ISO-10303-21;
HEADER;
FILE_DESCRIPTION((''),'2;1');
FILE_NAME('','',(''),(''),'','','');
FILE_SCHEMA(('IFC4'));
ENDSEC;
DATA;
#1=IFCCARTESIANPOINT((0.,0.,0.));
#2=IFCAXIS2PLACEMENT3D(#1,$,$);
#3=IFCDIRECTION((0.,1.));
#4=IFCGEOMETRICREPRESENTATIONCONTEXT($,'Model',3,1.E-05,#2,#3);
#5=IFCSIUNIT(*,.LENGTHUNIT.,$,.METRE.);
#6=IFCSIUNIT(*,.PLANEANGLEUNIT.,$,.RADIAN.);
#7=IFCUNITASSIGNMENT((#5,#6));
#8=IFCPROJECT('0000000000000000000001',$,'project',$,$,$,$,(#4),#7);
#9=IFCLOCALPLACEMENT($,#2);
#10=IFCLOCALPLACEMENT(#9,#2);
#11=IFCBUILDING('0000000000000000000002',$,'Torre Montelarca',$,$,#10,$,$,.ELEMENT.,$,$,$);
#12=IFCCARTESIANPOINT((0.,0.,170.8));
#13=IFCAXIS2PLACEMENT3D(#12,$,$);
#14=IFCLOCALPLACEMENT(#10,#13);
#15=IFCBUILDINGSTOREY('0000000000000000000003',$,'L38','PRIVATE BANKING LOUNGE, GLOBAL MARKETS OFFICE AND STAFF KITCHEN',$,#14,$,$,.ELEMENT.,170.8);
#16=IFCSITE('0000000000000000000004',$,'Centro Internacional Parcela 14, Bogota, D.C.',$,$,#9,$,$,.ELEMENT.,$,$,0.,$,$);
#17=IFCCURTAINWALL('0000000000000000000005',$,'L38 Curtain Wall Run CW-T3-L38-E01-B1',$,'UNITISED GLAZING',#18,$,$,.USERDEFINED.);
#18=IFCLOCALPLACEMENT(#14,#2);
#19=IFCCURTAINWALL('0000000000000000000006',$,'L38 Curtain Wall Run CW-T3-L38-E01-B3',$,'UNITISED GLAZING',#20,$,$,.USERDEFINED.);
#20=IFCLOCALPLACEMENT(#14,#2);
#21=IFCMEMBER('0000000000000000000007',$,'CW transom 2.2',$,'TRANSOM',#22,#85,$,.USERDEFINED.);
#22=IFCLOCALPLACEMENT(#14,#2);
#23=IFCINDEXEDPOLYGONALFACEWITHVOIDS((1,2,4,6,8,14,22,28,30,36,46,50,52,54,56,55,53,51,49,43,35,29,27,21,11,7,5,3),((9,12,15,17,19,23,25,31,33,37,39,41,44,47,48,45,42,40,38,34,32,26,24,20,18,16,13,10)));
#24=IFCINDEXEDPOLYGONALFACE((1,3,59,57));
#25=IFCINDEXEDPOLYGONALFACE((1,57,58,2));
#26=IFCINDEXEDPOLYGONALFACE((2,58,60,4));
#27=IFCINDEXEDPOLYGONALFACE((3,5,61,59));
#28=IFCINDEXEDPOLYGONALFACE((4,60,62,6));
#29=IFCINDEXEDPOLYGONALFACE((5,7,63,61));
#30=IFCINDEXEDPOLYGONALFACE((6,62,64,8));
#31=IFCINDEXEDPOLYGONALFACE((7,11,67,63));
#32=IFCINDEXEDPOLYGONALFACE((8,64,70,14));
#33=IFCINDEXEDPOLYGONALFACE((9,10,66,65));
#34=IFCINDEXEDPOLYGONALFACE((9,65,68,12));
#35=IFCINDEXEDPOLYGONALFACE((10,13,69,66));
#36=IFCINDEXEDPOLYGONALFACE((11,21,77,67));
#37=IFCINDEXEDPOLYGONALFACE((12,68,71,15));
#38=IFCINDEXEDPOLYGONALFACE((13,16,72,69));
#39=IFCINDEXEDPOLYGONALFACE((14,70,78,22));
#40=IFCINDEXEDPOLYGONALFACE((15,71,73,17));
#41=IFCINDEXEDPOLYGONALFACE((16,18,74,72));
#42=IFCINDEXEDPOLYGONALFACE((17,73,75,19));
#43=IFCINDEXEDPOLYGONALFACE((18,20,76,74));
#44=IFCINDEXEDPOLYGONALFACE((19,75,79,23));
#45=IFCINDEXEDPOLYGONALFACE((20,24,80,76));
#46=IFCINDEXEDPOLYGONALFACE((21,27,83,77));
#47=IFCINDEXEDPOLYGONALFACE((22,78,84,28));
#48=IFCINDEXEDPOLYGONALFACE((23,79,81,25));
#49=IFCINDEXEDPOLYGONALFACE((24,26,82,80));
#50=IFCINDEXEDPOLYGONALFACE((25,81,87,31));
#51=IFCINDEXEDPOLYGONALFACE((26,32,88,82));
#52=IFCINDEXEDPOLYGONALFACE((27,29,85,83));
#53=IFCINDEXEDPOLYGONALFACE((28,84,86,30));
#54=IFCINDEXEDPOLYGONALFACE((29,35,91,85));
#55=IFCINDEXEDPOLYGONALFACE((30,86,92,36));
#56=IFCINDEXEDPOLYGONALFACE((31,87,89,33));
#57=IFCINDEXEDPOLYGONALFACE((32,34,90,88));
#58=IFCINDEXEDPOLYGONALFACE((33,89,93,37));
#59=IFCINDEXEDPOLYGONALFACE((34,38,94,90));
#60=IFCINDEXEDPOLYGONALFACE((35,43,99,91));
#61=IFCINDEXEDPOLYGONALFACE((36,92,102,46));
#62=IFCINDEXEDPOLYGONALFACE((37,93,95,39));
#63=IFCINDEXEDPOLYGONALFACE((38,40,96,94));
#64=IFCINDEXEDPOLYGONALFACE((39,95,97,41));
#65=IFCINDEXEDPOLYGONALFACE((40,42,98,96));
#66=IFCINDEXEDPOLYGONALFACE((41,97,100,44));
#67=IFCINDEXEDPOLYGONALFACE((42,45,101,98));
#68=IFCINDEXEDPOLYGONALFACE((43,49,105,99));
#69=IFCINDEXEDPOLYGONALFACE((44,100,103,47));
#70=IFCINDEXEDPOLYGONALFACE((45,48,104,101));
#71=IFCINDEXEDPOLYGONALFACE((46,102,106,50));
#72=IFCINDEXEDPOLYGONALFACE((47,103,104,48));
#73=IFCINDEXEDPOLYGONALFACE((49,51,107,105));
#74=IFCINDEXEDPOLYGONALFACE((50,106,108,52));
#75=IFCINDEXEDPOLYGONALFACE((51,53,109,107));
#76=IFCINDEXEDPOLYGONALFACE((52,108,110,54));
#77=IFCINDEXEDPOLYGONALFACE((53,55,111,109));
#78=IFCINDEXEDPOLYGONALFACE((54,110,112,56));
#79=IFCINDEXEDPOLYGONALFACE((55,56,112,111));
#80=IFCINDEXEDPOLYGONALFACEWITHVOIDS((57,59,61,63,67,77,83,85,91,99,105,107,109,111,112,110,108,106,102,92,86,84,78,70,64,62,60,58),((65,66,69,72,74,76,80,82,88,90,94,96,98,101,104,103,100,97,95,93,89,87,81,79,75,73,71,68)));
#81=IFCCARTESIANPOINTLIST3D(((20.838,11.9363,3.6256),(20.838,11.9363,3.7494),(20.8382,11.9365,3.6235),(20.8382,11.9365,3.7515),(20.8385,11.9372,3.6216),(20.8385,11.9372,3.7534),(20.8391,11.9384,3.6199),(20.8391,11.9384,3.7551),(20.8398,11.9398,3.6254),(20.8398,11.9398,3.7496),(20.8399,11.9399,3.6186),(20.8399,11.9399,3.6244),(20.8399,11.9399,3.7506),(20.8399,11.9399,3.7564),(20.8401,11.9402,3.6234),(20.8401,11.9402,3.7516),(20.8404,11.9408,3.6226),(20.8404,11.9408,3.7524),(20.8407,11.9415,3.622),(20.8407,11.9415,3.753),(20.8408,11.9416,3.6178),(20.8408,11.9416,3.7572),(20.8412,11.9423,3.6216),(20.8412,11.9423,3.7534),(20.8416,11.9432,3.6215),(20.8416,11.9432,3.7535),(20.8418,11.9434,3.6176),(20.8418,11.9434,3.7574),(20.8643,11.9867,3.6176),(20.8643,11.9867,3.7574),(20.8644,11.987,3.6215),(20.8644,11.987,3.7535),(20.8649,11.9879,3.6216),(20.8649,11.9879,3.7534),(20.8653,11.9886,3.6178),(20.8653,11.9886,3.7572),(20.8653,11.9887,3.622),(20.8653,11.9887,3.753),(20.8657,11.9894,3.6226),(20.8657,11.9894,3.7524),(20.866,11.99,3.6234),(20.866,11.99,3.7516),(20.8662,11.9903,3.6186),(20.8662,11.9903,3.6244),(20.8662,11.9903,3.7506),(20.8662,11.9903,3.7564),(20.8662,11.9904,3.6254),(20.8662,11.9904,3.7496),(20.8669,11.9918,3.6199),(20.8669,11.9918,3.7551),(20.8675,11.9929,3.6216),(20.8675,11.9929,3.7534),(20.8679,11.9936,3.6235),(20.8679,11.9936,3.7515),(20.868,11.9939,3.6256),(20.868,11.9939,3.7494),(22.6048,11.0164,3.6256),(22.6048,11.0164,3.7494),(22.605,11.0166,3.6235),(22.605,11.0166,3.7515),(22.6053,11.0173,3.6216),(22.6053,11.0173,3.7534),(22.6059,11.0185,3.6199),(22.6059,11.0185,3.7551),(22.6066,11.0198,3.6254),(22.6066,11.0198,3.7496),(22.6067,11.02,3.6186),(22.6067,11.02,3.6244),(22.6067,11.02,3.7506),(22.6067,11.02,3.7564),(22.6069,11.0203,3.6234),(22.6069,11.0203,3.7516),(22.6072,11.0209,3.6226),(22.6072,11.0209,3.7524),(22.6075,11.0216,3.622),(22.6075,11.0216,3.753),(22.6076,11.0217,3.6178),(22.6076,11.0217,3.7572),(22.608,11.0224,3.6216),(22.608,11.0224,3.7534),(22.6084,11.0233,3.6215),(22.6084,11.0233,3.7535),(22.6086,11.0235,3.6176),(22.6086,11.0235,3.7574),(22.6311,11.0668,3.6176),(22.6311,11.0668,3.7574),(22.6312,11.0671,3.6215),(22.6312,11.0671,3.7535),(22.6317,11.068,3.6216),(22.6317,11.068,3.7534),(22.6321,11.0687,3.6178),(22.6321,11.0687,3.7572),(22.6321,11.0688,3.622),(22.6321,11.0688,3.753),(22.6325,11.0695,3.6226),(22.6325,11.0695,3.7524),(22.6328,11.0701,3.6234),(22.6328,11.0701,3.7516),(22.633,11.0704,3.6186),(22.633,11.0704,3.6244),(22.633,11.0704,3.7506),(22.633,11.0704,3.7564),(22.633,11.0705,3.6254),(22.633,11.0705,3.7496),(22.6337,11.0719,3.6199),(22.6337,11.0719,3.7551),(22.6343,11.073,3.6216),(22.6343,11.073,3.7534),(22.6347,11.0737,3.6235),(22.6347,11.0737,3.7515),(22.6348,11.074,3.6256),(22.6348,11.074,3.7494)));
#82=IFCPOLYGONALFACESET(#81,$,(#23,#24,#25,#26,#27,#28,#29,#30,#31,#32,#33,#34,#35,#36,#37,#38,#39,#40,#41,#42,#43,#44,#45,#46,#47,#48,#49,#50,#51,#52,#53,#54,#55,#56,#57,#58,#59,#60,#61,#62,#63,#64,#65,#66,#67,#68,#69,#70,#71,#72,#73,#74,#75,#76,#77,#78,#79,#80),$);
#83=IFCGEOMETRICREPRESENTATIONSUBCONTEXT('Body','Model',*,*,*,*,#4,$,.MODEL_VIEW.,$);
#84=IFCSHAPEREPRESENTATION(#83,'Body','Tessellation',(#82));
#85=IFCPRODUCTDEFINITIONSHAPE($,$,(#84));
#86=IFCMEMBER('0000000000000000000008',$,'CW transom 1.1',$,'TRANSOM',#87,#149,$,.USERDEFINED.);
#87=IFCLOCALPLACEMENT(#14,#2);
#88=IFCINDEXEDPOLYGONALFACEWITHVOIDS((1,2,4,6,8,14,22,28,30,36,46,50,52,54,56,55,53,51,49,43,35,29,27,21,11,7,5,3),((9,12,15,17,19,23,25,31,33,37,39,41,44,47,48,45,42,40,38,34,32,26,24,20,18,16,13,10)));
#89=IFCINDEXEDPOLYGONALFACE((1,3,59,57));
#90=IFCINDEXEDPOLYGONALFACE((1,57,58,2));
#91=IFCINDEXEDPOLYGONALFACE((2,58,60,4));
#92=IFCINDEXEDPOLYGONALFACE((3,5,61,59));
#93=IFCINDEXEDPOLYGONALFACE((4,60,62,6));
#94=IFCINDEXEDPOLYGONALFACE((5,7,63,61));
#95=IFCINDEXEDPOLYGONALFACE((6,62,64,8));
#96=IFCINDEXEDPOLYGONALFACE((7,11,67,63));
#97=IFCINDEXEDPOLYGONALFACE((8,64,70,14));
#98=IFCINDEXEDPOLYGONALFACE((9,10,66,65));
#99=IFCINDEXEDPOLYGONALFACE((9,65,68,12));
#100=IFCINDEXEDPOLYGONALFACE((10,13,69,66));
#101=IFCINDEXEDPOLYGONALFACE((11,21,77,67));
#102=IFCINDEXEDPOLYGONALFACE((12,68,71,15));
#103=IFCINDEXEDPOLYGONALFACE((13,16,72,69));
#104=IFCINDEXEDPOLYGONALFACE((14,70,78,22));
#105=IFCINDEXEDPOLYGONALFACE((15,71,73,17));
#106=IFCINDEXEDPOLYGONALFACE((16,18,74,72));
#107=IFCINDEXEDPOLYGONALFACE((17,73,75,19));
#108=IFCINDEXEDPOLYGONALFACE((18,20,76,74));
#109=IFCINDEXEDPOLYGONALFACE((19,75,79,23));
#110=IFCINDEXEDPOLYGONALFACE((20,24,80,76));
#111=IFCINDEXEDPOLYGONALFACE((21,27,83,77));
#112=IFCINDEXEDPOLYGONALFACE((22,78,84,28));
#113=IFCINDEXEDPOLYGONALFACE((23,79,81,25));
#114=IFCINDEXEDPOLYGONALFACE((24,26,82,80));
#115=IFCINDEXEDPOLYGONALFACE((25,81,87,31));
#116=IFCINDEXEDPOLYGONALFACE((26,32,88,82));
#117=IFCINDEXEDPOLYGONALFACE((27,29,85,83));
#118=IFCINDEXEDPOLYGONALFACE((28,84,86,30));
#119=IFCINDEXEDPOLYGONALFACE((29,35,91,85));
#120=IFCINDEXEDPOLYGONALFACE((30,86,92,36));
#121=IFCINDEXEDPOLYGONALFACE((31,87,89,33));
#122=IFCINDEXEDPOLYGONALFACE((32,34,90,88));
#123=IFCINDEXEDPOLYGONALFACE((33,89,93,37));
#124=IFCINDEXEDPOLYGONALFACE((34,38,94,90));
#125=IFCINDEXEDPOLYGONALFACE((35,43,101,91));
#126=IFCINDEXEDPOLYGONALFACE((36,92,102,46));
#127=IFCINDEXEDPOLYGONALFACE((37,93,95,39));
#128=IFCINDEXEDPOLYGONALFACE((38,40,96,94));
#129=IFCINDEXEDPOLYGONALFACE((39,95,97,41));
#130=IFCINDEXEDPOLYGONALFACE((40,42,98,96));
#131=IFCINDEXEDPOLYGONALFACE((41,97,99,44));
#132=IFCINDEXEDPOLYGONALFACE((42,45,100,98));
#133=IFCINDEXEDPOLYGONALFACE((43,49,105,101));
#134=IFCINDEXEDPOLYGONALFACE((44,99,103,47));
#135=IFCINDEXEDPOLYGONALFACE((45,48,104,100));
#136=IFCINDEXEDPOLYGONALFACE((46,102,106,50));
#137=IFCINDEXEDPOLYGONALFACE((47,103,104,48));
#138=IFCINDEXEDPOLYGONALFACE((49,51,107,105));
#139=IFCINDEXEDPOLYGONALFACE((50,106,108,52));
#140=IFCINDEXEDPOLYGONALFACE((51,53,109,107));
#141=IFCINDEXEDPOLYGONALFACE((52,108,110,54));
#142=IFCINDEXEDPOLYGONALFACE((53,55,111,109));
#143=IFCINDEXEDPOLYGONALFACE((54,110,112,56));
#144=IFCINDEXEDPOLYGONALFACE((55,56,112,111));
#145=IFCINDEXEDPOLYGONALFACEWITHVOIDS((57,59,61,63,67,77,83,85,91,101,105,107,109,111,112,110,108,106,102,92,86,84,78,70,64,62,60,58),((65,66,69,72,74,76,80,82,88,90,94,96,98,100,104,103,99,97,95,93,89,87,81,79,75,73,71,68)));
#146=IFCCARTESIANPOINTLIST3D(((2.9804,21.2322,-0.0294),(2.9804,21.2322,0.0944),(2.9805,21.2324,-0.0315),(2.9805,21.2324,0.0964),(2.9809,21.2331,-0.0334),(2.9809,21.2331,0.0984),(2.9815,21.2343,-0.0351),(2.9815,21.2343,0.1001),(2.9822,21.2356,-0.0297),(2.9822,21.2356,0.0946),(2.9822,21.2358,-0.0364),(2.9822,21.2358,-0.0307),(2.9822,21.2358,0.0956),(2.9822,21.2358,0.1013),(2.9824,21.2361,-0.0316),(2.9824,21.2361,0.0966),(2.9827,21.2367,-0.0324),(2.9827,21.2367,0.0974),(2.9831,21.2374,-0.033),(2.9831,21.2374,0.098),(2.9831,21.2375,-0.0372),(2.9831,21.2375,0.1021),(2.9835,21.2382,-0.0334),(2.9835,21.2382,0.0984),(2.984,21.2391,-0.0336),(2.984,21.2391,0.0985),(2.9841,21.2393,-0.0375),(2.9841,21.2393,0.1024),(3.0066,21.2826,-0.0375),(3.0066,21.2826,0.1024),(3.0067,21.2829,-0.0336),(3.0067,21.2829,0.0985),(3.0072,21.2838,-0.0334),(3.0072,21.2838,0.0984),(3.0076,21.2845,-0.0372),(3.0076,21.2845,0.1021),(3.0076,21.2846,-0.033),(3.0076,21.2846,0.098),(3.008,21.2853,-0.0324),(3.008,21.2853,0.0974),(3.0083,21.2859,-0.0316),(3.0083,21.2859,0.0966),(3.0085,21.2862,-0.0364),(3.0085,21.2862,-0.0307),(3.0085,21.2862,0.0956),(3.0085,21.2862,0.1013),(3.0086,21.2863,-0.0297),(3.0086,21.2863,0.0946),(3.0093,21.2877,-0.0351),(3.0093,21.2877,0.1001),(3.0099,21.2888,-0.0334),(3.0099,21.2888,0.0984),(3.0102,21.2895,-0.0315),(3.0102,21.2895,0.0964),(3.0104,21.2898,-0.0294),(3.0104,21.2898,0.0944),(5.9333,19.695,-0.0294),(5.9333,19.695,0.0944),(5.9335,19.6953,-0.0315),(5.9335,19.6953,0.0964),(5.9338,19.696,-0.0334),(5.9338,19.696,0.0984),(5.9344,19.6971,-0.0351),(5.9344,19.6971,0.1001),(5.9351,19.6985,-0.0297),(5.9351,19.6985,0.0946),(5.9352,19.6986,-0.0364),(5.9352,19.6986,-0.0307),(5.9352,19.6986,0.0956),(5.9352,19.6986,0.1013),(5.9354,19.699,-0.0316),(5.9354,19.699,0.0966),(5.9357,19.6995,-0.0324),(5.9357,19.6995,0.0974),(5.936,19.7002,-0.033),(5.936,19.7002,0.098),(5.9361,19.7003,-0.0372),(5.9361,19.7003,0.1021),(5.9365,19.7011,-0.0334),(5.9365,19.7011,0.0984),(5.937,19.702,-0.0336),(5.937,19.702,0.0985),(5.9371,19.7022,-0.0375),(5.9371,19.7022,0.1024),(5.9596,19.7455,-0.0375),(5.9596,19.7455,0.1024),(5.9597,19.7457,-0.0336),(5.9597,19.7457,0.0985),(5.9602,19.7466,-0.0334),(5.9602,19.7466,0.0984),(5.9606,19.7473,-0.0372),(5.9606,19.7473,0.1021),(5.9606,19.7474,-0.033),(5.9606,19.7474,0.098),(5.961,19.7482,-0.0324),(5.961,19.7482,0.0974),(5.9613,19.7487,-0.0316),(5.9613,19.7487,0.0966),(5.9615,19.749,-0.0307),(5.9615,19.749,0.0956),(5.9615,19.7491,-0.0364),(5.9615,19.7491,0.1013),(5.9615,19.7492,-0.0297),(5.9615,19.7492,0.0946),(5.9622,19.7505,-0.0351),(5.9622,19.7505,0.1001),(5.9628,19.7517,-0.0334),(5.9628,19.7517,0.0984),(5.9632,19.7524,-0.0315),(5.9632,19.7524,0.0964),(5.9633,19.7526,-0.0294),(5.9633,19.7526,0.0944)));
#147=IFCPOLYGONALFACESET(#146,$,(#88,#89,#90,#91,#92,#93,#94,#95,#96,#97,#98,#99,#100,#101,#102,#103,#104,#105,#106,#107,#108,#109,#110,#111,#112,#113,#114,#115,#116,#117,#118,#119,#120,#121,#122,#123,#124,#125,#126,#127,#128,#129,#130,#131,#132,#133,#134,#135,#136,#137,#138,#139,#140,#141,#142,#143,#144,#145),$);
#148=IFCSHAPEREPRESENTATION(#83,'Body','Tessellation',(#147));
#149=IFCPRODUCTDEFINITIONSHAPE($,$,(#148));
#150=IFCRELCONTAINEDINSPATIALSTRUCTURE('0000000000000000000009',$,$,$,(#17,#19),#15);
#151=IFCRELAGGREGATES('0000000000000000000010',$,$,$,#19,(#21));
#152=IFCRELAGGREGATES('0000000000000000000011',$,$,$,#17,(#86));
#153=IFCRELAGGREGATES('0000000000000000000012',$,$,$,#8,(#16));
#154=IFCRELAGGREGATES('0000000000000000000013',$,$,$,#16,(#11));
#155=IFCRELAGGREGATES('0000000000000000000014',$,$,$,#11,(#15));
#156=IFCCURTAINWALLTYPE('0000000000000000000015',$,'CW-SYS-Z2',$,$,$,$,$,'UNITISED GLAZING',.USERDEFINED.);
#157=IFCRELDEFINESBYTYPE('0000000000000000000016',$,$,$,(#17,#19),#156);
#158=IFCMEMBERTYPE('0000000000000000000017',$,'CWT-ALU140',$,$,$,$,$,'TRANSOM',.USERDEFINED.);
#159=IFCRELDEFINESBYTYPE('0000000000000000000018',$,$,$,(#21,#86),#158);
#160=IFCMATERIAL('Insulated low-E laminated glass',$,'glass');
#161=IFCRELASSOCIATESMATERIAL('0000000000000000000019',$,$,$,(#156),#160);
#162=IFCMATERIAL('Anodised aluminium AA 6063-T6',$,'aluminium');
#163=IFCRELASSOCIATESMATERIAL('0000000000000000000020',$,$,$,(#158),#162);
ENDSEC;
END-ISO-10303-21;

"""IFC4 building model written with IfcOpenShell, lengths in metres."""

from ifc_helpers import new_model, si_unit, direction, frame, origin, origin_2d, place, context, subcontext, project, spatial, hollow_rectangle, extrude, source, transform, mapped, material, material_profile, profile_set, type_object, element, aggregate, save


model = new_model("IFC4")

# Units and contexts
model_context = context("Model", 3, precision=1e-05, world=origin(), true_north=direction((0.0, 1.0)))
body_context = subcontext(model_context, "Body", "Model", "MODEL_VIEW")
ifc_project = project(units=[si_unit("LENGTHUNIT", "METRE"), si_unit("PLANEANGLEUNIT", "RADIAN")], contexts=[model_context])

# Site, building, storey
site_placement = place(None, origin())
site = spatial("IfcSite", under=ifc_project, at=site_placement, Name="Centro Internacional Parcela 14, Bogota, D.C.", CompositionType="ELEMENT", RefElevation=0.0)
building_placement = place(site_placement, origin())
building = spatial("IfcBuilding", under=site, at=building_placement, Name="Torre Montelarca", CompositionType="ELEMENT")
storey_placement = place(building_placement, frame((0.0, 0.0, 170.8)))
storey = spatial("IfcBuildingStorey", under=building, at=storey_placement, Name="L38", Description="PRIVATE BANKING LOUNGE, GLOBAL MARKETS OFFICE AND STAFF KITCHEN", CompositionType="ELEMENT", Elevation=170.8)

# Curtain walls, member
ifc_material_1 = material(Name="Insulated low-E laminated glass", Category="glass")
curtain_wall_type = type_object("IfcCurtainWallType", Name="CW-SYS-Z2", ElementType="UNITISED GLAZING", PredefinedType="USERDEFINED", material=ifc_material_1)
curtain_wall_1_placement = place(storey_placement, origin())
curtain_wall_1 = element("IfcCurtainWall", 1, at=curtain_wall_1_placement, inside=storey, type_object=curtain_wall_type, Name="L38 Curtain Wall Run CW-T3-L38-E01-B1", ObjectType="UNITISED GLAZING", PredefinedType="USERDEFINED")
ifc_material_2 = material(Name="Anodised aluminium AA 6063-T6", Category="aluminium")
curtain_wall_2_placement = place(storey_placement, origin())
curtain_wall_2 = element("IfcCurtainWall", 2, at=curtain_wall_2_placement, inside=storey, type_object=curtain_wall_type, Name="L38 Curtain Wall Run CW-T3-L38-E01-B3", ObjectType="UNITISED GLAZING", PredefinedType="USERDEFINED")
ifc_material_profile_1 = material_profile(ifc_material_2, hollow_rectangle(XDim=0.0649, YDim=0.1399, WallThickness=0.0039, InnerFilletRadius=0.0039, OuterFilletRadius=0.0081, at=origin_2d()), Name="ALU65X140X4", Category="aluminium")
ifc_profile_set_1 = profile_set([ifc_material_profile_1], Name="Anodised aluminium AA 6063-T6")
member_type_1 = type_object("IfcMemberType", Name="CWT-ALU140", ElementType="TRANSOM", PredefinedType="USERDEFINED", material=ifc_profile_set_1)
shared_shape_1 = source(origin(), body_context, "Body", "SweptSolid", [
    extrude(hollow_rectangle(XDim=0.0649, YDim=0.1399, WallThickness=0.0039, InnerFilletRadius=0.0039, OuterFilletRadius=0.0081, at=origin_2d()), origin(), (0.0, 0.0, 1.0), 1.9919),
])
member_1_placement = place(storey_placement, frame((20.853, 11.9651, 3.6875), z_axis=(0.886978, -0.461812, 0.0), x_axis=(0.461812, 0.886978, 0.0)))
member_1 = element("IfcMember", 3, at=member_1_placement, type_object=member_type_1, Name="CW transom 2.2", ObjectType="TRANSOM", PredefinedType="USERDEFINED", context=body_context, shape_type="MappedRepresentation", body=[
    mapped(shared_shape_1, transform((0.0, 0.0, 0.0), scale=1.0)),
])

# Member
shared_shape_2 = source(origin(), body_context, "Body", "SweptSolid", [
    extrude(hollow_rectangle(XDim=0.0649, YDim=0.1399, WallThickness=0.0039, InnerFilletRadius=0.0039, OuterFilletRadius=0.0081, at=origin_2d()), origin(), (0.0, 0.0, 1.0), 3.3291),
])
member_2_placement = place(storey_placement, frame((2.9954, 21.261, 0.0325), z_axis=(0.887019, -0.461734, 0.0), x_axis=(0.461734, 0.887019, 0.0)))
member_2 = element("IfcMember", 4, at=member_2_placement, type_object=member_type_1, Name="CW transom 1.1", ObjectType="TRANSOM", PredefinedType="USERDEFINED", context=body_context, shape_type="MappedRepresentation", body=[
    mapped(shared_shape_2, transform((0.0, 0.0, 0.0), scale=1.0)),
])

aggregate(curtain_wall_2, [member_1])
aggregate(curtain_wall_1, [member_2])

save(model, "model.ifc")
